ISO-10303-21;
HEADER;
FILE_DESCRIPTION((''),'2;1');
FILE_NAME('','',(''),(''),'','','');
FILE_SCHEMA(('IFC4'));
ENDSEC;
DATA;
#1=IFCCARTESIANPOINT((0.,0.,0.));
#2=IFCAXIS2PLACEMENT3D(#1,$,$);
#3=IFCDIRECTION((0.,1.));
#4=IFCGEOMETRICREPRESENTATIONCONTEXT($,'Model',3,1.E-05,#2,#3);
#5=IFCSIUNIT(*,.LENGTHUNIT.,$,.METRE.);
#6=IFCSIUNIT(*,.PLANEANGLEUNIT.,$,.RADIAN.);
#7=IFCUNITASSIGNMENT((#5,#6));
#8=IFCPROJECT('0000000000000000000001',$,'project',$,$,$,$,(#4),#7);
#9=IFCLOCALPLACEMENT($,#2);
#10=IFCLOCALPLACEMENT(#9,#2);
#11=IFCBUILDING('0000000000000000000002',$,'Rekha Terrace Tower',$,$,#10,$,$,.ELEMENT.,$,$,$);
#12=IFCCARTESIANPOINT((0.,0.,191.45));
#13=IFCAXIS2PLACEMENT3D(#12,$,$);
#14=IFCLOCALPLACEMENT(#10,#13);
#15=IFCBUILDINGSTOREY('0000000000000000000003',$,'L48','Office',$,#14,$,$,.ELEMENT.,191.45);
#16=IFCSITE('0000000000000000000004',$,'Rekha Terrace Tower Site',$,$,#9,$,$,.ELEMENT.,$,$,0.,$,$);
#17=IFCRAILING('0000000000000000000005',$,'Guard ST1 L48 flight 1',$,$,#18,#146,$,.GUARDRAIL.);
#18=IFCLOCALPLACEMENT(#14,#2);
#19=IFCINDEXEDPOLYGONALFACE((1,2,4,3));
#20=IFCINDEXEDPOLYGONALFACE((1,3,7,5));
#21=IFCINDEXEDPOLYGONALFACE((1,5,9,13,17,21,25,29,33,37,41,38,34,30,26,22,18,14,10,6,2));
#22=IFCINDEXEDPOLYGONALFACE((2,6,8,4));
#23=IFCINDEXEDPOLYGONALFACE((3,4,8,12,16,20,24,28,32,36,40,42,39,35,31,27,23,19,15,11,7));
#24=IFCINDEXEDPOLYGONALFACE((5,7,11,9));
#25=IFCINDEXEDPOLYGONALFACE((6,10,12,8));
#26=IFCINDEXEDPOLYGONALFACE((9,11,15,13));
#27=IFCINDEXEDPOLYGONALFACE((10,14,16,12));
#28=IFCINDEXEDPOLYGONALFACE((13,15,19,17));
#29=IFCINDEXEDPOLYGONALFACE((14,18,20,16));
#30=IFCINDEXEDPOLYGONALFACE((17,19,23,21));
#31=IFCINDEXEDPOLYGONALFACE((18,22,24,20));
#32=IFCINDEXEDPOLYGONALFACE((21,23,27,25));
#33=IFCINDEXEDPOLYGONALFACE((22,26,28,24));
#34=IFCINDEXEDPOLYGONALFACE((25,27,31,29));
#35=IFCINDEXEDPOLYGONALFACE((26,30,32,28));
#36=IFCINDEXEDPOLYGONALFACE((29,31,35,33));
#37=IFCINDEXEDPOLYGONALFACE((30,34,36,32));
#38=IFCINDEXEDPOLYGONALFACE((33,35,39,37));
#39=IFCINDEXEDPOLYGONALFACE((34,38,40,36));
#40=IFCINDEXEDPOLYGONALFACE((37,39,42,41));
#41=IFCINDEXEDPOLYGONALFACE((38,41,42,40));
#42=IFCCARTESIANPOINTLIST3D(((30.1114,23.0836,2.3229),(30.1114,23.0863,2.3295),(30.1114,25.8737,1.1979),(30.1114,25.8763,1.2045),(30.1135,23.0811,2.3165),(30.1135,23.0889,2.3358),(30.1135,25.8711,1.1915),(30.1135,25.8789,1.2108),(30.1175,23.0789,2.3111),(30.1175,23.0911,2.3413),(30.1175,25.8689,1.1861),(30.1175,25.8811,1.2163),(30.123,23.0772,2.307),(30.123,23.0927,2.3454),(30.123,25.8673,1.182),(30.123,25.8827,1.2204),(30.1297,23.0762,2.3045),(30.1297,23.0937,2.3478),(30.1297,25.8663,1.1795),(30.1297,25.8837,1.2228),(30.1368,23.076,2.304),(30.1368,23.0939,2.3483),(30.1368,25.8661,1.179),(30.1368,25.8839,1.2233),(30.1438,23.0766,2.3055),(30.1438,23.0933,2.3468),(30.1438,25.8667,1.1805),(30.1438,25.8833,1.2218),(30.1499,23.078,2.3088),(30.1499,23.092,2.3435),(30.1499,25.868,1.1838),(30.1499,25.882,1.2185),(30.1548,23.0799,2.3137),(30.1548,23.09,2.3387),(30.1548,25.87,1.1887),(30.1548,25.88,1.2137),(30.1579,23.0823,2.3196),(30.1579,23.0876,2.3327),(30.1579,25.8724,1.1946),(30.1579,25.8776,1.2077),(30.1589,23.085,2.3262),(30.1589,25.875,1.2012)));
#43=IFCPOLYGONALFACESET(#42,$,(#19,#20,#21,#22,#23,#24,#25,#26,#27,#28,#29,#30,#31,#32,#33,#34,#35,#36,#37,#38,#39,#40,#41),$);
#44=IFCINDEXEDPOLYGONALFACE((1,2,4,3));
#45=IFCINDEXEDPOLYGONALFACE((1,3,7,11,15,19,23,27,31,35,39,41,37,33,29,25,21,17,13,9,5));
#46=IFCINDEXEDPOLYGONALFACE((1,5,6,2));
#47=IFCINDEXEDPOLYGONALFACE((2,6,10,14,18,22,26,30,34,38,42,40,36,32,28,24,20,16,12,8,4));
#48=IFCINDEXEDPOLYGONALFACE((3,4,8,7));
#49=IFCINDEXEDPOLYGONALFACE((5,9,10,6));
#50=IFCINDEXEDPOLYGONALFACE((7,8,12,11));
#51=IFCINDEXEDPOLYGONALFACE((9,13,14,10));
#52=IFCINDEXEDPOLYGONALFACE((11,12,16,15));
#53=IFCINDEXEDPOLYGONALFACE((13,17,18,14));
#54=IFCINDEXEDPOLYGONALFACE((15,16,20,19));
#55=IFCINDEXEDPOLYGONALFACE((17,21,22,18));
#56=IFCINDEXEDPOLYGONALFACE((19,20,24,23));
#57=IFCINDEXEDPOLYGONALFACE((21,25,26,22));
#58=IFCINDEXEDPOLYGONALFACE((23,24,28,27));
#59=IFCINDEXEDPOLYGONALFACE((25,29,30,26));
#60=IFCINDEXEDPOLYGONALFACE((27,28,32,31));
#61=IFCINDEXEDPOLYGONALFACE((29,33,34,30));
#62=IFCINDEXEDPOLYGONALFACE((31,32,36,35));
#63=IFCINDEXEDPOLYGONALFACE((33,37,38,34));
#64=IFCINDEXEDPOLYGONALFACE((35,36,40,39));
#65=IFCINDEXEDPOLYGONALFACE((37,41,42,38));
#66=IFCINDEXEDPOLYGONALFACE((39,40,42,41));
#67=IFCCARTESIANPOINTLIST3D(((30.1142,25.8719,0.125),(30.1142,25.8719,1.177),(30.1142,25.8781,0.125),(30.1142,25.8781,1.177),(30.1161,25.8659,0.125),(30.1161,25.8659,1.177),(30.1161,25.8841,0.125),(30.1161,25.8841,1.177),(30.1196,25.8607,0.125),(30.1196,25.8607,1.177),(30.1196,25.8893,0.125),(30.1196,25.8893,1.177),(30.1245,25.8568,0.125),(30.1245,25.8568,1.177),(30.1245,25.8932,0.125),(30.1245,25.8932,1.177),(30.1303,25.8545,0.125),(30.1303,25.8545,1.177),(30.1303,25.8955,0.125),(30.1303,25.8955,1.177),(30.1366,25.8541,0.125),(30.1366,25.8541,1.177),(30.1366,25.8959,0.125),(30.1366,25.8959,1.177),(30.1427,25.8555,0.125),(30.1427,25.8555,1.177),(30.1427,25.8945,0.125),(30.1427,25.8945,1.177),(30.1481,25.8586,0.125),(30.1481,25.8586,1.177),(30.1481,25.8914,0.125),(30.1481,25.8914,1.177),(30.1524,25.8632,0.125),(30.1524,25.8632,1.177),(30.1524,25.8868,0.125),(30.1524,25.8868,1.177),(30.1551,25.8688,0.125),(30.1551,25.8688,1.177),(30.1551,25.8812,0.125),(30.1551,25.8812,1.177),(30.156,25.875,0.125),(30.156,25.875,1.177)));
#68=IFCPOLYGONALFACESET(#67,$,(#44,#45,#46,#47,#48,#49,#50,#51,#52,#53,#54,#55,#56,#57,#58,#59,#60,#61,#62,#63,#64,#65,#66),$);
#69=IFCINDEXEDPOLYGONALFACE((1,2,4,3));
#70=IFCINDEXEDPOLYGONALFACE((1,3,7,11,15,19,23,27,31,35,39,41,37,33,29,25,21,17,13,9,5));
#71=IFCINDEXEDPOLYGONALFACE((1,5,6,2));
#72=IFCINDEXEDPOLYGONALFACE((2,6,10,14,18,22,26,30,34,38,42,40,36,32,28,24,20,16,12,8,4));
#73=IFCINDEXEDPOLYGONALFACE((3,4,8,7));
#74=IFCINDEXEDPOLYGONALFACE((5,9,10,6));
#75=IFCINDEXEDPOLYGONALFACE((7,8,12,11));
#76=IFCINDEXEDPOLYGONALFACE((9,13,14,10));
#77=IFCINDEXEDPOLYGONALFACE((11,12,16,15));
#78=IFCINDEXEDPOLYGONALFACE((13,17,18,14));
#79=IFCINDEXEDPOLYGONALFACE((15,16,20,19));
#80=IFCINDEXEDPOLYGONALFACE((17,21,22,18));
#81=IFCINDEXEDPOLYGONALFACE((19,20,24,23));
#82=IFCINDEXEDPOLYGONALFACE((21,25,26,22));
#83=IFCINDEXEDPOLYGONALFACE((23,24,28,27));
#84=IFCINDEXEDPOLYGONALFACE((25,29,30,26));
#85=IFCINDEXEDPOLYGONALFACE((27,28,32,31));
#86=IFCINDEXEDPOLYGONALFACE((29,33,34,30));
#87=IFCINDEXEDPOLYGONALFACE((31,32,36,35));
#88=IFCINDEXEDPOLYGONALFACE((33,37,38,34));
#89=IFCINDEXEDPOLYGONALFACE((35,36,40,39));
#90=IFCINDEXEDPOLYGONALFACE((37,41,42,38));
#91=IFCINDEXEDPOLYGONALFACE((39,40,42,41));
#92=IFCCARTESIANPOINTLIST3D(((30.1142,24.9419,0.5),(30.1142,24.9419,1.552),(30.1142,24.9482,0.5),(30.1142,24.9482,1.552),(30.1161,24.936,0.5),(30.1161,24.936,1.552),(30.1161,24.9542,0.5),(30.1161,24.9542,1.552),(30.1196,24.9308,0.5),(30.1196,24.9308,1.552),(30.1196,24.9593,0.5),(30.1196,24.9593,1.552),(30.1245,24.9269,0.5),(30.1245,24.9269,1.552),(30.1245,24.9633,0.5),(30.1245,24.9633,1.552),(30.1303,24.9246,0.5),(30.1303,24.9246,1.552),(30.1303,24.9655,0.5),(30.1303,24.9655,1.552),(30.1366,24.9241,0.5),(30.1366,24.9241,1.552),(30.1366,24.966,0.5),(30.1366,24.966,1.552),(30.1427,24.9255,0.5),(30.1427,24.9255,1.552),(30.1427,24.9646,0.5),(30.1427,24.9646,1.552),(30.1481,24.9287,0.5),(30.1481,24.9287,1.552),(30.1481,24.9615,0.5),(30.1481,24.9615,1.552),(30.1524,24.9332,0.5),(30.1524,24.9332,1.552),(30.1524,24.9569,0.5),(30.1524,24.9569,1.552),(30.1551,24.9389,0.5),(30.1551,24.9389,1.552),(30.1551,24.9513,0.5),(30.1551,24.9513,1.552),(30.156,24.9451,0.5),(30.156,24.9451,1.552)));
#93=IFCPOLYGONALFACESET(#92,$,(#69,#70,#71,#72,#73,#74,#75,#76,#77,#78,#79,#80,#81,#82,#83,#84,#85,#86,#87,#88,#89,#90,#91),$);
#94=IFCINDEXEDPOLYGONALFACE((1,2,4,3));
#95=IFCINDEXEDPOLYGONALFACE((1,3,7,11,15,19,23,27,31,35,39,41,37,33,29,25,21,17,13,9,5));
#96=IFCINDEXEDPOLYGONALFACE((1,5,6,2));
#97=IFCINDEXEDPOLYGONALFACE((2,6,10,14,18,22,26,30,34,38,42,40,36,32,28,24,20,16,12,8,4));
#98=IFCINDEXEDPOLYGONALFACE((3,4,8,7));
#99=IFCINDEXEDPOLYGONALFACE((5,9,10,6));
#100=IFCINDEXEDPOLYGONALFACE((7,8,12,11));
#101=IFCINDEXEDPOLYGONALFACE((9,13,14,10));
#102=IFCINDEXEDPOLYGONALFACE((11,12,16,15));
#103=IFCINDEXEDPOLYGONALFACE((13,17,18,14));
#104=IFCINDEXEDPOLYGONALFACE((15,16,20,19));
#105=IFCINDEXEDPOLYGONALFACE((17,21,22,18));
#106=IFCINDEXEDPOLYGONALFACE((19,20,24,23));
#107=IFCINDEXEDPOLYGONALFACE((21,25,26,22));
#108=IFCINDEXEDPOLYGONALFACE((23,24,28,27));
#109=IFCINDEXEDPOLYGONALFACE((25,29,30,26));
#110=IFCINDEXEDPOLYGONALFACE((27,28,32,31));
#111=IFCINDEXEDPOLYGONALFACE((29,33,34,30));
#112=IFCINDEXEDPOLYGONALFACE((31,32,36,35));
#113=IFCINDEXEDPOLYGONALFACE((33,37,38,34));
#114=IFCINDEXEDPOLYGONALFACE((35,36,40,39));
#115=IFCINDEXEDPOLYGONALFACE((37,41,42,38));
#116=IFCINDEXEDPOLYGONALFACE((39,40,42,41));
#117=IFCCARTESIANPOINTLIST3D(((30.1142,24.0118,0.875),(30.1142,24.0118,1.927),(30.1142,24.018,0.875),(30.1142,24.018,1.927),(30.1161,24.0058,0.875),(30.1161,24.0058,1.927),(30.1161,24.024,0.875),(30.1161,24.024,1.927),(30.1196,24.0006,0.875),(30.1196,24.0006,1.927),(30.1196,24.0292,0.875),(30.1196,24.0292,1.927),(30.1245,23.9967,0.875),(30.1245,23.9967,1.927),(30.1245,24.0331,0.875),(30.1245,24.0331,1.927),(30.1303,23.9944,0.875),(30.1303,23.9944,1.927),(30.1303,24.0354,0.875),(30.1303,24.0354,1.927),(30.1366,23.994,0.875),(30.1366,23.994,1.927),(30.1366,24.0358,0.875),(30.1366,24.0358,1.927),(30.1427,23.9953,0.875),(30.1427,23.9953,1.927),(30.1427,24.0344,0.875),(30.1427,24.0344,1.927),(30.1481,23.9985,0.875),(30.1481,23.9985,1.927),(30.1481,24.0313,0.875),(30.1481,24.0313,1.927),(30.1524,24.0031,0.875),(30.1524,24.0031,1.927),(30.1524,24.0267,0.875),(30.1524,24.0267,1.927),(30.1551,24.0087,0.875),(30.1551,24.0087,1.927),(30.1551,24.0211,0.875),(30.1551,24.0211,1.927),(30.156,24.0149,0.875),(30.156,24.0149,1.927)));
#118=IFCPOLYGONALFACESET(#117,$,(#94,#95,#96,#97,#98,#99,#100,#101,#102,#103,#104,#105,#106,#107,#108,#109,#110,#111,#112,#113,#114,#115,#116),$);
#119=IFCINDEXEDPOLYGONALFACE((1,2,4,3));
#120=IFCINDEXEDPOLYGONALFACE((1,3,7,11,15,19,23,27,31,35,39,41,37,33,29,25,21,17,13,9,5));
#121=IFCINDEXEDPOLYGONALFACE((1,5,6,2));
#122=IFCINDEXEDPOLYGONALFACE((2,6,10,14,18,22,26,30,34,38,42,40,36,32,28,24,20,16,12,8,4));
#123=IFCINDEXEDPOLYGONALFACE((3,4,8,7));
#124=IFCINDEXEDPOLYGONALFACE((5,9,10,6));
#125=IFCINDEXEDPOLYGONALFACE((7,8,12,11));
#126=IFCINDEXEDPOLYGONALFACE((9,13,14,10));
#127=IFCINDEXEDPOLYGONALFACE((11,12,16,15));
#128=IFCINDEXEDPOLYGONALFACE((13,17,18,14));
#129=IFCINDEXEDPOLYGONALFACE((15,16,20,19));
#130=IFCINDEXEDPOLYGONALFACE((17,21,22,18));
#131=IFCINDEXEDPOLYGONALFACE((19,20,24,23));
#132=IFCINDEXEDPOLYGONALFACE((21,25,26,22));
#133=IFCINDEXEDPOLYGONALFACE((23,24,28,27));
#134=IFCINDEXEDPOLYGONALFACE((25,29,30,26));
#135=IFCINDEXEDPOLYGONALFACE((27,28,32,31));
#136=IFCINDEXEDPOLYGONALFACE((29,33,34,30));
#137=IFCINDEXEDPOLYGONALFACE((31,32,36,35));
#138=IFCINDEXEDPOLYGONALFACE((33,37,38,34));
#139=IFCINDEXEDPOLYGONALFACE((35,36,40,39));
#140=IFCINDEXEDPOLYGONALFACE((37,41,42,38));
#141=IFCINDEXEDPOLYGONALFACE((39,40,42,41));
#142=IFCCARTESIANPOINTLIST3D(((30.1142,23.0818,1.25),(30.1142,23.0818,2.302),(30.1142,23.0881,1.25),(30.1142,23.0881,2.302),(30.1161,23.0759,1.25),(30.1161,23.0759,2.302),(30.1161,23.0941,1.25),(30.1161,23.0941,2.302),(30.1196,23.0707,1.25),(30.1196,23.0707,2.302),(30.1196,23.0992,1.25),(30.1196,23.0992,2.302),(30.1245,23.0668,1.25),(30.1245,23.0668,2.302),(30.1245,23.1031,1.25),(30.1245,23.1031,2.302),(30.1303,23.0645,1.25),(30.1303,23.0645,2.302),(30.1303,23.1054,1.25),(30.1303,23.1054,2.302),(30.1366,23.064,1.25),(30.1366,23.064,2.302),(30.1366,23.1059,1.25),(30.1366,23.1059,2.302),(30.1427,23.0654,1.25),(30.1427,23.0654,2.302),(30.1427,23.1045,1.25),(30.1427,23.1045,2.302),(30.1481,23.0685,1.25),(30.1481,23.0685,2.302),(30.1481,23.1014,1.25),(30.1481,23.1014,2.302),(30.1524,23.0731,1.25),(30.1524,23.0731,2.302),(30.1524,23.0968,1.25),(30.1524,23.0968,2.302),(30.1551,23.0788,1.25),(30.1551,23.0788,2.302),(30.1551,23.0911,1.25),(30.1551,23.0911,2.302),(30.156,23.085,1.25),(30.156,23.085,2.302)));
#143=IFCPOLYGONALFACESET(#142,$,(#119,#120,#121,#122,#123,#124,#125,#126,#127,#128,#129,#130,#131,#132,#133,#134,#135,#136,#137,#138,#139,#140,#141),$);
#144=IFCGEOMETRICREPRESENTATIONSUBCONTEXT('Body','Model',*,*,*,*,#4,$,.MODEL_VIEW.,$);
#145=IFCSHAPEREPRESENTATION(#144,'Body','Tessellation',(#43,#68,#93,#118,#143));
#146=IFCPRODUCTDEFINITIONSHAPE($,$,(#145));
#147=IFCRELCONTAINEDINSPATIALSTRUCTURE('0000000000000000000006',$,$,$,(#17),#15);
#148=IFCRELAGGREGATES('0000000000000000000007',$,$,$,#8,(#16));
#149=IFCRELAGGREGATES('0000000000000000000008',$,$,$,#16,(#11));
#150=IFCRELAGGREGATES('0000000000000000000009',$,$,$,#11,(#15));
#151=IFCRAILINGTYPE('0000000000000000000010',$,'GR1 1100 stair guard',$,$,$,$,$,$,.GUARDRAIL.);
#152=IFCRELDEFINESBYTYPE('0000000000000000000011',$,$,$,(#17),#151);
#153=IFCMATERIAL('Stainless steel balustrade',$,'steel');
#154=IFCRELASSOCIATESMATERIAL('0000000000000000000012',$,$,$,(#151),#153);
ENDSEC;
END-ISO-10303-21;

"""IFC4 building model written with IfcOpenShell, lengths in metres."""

from ifc_helpers import new_model, si_unit, direction, frame, origin, origin_2d, place, context, subcontext, project, spatial, circle, extrude, material, type_object, element, save


model = new_model("IFC4")

# Units and contexts
model_context = context("Model", 3, precision=1e-05, world=origin(), true_north=direction((0.0, 1.0)))
body_context = subcontext(model_context, "Body", "Model", "MODEL_VIEW")
ifc_project = project(units=[si_unit("LENGTHUNIT", "METRE"), si_unit("PLANEANGLEUNIT", "RADIAN")], contexts=[model_context])

# Site, building, storey
site_placement = place(None, origin())
site = spatial("IfcSite", under=ifc_project, at=site_placement, Name="Rekha Terrace Tower Site", CompositionType="ELEMENT", RefElevation=0.0)
building_placement = place(site_placement, origin())
building = spatial("IfcBuilding", under=site, at=building_placement, Name="Rekha Terrace Tower", CompositionType="ELEMENT")
storey_placement = place(building_placement, frame((0.0, 0.0, 191.45)))
storey = spatial("IfcBuildingStorey", under=building, at=storey_placement, Name="L48", Description="Office", CompositionType="ELEMENT", Elevation=191.45)

# Railing
ifc_material_1 = material(Name="Stainless steel balustrade", Category="steel")
railing_type_1 = type_object("IfcRailingType", Name="GR1 1100 stair guard", PredefinedType="GUARDRAIL", material=ifc_material_1)
railing_1_placement = place(storey_placement, frame((30.135, 25.875, 0.125)))
element("IfcRailing", 1, at=railing_1_placement, inside=storey, type_object=railing_type_1, Name="Guard ST1 L48 flight 1", PredefinedType="GUARDRAIL", context=body_context, shape_type="SweptSolid", body=[
    extrude(circle(Radius=0.0239, at=origin_2d()), frame((0.0, 0.0, 1.0762), z_axis=(0.0, -0.927443, 0.373964), x_axis=(1.0, 0.0, 0.0)), (0.0, 0.0, 1.0), 3.0083),
    extrude(circle(Radius=0.021, at=origin_2d()), origin(), (0.0, 0.0, 1.0), 1.052),
    extrude(circle(Radius=0.021, at=origin_2d()), frame((0.0, -0.9299, 0.375)), (0.0, 0.0, 1.0), 1.052),
    extrude(circle(Radius=0.021, at=origin_2d()), frame((0.0, -1.8601, 0.75)), (0.0, 0.0, 1.0), 1.052),
    extrude(circle(Radius=0.021, at=origin_2d()), frame((0.0, -2.79, 1.125)), (0.0, 0.0, 1.0), 1.052),
])

save(model, "model.ifc")
